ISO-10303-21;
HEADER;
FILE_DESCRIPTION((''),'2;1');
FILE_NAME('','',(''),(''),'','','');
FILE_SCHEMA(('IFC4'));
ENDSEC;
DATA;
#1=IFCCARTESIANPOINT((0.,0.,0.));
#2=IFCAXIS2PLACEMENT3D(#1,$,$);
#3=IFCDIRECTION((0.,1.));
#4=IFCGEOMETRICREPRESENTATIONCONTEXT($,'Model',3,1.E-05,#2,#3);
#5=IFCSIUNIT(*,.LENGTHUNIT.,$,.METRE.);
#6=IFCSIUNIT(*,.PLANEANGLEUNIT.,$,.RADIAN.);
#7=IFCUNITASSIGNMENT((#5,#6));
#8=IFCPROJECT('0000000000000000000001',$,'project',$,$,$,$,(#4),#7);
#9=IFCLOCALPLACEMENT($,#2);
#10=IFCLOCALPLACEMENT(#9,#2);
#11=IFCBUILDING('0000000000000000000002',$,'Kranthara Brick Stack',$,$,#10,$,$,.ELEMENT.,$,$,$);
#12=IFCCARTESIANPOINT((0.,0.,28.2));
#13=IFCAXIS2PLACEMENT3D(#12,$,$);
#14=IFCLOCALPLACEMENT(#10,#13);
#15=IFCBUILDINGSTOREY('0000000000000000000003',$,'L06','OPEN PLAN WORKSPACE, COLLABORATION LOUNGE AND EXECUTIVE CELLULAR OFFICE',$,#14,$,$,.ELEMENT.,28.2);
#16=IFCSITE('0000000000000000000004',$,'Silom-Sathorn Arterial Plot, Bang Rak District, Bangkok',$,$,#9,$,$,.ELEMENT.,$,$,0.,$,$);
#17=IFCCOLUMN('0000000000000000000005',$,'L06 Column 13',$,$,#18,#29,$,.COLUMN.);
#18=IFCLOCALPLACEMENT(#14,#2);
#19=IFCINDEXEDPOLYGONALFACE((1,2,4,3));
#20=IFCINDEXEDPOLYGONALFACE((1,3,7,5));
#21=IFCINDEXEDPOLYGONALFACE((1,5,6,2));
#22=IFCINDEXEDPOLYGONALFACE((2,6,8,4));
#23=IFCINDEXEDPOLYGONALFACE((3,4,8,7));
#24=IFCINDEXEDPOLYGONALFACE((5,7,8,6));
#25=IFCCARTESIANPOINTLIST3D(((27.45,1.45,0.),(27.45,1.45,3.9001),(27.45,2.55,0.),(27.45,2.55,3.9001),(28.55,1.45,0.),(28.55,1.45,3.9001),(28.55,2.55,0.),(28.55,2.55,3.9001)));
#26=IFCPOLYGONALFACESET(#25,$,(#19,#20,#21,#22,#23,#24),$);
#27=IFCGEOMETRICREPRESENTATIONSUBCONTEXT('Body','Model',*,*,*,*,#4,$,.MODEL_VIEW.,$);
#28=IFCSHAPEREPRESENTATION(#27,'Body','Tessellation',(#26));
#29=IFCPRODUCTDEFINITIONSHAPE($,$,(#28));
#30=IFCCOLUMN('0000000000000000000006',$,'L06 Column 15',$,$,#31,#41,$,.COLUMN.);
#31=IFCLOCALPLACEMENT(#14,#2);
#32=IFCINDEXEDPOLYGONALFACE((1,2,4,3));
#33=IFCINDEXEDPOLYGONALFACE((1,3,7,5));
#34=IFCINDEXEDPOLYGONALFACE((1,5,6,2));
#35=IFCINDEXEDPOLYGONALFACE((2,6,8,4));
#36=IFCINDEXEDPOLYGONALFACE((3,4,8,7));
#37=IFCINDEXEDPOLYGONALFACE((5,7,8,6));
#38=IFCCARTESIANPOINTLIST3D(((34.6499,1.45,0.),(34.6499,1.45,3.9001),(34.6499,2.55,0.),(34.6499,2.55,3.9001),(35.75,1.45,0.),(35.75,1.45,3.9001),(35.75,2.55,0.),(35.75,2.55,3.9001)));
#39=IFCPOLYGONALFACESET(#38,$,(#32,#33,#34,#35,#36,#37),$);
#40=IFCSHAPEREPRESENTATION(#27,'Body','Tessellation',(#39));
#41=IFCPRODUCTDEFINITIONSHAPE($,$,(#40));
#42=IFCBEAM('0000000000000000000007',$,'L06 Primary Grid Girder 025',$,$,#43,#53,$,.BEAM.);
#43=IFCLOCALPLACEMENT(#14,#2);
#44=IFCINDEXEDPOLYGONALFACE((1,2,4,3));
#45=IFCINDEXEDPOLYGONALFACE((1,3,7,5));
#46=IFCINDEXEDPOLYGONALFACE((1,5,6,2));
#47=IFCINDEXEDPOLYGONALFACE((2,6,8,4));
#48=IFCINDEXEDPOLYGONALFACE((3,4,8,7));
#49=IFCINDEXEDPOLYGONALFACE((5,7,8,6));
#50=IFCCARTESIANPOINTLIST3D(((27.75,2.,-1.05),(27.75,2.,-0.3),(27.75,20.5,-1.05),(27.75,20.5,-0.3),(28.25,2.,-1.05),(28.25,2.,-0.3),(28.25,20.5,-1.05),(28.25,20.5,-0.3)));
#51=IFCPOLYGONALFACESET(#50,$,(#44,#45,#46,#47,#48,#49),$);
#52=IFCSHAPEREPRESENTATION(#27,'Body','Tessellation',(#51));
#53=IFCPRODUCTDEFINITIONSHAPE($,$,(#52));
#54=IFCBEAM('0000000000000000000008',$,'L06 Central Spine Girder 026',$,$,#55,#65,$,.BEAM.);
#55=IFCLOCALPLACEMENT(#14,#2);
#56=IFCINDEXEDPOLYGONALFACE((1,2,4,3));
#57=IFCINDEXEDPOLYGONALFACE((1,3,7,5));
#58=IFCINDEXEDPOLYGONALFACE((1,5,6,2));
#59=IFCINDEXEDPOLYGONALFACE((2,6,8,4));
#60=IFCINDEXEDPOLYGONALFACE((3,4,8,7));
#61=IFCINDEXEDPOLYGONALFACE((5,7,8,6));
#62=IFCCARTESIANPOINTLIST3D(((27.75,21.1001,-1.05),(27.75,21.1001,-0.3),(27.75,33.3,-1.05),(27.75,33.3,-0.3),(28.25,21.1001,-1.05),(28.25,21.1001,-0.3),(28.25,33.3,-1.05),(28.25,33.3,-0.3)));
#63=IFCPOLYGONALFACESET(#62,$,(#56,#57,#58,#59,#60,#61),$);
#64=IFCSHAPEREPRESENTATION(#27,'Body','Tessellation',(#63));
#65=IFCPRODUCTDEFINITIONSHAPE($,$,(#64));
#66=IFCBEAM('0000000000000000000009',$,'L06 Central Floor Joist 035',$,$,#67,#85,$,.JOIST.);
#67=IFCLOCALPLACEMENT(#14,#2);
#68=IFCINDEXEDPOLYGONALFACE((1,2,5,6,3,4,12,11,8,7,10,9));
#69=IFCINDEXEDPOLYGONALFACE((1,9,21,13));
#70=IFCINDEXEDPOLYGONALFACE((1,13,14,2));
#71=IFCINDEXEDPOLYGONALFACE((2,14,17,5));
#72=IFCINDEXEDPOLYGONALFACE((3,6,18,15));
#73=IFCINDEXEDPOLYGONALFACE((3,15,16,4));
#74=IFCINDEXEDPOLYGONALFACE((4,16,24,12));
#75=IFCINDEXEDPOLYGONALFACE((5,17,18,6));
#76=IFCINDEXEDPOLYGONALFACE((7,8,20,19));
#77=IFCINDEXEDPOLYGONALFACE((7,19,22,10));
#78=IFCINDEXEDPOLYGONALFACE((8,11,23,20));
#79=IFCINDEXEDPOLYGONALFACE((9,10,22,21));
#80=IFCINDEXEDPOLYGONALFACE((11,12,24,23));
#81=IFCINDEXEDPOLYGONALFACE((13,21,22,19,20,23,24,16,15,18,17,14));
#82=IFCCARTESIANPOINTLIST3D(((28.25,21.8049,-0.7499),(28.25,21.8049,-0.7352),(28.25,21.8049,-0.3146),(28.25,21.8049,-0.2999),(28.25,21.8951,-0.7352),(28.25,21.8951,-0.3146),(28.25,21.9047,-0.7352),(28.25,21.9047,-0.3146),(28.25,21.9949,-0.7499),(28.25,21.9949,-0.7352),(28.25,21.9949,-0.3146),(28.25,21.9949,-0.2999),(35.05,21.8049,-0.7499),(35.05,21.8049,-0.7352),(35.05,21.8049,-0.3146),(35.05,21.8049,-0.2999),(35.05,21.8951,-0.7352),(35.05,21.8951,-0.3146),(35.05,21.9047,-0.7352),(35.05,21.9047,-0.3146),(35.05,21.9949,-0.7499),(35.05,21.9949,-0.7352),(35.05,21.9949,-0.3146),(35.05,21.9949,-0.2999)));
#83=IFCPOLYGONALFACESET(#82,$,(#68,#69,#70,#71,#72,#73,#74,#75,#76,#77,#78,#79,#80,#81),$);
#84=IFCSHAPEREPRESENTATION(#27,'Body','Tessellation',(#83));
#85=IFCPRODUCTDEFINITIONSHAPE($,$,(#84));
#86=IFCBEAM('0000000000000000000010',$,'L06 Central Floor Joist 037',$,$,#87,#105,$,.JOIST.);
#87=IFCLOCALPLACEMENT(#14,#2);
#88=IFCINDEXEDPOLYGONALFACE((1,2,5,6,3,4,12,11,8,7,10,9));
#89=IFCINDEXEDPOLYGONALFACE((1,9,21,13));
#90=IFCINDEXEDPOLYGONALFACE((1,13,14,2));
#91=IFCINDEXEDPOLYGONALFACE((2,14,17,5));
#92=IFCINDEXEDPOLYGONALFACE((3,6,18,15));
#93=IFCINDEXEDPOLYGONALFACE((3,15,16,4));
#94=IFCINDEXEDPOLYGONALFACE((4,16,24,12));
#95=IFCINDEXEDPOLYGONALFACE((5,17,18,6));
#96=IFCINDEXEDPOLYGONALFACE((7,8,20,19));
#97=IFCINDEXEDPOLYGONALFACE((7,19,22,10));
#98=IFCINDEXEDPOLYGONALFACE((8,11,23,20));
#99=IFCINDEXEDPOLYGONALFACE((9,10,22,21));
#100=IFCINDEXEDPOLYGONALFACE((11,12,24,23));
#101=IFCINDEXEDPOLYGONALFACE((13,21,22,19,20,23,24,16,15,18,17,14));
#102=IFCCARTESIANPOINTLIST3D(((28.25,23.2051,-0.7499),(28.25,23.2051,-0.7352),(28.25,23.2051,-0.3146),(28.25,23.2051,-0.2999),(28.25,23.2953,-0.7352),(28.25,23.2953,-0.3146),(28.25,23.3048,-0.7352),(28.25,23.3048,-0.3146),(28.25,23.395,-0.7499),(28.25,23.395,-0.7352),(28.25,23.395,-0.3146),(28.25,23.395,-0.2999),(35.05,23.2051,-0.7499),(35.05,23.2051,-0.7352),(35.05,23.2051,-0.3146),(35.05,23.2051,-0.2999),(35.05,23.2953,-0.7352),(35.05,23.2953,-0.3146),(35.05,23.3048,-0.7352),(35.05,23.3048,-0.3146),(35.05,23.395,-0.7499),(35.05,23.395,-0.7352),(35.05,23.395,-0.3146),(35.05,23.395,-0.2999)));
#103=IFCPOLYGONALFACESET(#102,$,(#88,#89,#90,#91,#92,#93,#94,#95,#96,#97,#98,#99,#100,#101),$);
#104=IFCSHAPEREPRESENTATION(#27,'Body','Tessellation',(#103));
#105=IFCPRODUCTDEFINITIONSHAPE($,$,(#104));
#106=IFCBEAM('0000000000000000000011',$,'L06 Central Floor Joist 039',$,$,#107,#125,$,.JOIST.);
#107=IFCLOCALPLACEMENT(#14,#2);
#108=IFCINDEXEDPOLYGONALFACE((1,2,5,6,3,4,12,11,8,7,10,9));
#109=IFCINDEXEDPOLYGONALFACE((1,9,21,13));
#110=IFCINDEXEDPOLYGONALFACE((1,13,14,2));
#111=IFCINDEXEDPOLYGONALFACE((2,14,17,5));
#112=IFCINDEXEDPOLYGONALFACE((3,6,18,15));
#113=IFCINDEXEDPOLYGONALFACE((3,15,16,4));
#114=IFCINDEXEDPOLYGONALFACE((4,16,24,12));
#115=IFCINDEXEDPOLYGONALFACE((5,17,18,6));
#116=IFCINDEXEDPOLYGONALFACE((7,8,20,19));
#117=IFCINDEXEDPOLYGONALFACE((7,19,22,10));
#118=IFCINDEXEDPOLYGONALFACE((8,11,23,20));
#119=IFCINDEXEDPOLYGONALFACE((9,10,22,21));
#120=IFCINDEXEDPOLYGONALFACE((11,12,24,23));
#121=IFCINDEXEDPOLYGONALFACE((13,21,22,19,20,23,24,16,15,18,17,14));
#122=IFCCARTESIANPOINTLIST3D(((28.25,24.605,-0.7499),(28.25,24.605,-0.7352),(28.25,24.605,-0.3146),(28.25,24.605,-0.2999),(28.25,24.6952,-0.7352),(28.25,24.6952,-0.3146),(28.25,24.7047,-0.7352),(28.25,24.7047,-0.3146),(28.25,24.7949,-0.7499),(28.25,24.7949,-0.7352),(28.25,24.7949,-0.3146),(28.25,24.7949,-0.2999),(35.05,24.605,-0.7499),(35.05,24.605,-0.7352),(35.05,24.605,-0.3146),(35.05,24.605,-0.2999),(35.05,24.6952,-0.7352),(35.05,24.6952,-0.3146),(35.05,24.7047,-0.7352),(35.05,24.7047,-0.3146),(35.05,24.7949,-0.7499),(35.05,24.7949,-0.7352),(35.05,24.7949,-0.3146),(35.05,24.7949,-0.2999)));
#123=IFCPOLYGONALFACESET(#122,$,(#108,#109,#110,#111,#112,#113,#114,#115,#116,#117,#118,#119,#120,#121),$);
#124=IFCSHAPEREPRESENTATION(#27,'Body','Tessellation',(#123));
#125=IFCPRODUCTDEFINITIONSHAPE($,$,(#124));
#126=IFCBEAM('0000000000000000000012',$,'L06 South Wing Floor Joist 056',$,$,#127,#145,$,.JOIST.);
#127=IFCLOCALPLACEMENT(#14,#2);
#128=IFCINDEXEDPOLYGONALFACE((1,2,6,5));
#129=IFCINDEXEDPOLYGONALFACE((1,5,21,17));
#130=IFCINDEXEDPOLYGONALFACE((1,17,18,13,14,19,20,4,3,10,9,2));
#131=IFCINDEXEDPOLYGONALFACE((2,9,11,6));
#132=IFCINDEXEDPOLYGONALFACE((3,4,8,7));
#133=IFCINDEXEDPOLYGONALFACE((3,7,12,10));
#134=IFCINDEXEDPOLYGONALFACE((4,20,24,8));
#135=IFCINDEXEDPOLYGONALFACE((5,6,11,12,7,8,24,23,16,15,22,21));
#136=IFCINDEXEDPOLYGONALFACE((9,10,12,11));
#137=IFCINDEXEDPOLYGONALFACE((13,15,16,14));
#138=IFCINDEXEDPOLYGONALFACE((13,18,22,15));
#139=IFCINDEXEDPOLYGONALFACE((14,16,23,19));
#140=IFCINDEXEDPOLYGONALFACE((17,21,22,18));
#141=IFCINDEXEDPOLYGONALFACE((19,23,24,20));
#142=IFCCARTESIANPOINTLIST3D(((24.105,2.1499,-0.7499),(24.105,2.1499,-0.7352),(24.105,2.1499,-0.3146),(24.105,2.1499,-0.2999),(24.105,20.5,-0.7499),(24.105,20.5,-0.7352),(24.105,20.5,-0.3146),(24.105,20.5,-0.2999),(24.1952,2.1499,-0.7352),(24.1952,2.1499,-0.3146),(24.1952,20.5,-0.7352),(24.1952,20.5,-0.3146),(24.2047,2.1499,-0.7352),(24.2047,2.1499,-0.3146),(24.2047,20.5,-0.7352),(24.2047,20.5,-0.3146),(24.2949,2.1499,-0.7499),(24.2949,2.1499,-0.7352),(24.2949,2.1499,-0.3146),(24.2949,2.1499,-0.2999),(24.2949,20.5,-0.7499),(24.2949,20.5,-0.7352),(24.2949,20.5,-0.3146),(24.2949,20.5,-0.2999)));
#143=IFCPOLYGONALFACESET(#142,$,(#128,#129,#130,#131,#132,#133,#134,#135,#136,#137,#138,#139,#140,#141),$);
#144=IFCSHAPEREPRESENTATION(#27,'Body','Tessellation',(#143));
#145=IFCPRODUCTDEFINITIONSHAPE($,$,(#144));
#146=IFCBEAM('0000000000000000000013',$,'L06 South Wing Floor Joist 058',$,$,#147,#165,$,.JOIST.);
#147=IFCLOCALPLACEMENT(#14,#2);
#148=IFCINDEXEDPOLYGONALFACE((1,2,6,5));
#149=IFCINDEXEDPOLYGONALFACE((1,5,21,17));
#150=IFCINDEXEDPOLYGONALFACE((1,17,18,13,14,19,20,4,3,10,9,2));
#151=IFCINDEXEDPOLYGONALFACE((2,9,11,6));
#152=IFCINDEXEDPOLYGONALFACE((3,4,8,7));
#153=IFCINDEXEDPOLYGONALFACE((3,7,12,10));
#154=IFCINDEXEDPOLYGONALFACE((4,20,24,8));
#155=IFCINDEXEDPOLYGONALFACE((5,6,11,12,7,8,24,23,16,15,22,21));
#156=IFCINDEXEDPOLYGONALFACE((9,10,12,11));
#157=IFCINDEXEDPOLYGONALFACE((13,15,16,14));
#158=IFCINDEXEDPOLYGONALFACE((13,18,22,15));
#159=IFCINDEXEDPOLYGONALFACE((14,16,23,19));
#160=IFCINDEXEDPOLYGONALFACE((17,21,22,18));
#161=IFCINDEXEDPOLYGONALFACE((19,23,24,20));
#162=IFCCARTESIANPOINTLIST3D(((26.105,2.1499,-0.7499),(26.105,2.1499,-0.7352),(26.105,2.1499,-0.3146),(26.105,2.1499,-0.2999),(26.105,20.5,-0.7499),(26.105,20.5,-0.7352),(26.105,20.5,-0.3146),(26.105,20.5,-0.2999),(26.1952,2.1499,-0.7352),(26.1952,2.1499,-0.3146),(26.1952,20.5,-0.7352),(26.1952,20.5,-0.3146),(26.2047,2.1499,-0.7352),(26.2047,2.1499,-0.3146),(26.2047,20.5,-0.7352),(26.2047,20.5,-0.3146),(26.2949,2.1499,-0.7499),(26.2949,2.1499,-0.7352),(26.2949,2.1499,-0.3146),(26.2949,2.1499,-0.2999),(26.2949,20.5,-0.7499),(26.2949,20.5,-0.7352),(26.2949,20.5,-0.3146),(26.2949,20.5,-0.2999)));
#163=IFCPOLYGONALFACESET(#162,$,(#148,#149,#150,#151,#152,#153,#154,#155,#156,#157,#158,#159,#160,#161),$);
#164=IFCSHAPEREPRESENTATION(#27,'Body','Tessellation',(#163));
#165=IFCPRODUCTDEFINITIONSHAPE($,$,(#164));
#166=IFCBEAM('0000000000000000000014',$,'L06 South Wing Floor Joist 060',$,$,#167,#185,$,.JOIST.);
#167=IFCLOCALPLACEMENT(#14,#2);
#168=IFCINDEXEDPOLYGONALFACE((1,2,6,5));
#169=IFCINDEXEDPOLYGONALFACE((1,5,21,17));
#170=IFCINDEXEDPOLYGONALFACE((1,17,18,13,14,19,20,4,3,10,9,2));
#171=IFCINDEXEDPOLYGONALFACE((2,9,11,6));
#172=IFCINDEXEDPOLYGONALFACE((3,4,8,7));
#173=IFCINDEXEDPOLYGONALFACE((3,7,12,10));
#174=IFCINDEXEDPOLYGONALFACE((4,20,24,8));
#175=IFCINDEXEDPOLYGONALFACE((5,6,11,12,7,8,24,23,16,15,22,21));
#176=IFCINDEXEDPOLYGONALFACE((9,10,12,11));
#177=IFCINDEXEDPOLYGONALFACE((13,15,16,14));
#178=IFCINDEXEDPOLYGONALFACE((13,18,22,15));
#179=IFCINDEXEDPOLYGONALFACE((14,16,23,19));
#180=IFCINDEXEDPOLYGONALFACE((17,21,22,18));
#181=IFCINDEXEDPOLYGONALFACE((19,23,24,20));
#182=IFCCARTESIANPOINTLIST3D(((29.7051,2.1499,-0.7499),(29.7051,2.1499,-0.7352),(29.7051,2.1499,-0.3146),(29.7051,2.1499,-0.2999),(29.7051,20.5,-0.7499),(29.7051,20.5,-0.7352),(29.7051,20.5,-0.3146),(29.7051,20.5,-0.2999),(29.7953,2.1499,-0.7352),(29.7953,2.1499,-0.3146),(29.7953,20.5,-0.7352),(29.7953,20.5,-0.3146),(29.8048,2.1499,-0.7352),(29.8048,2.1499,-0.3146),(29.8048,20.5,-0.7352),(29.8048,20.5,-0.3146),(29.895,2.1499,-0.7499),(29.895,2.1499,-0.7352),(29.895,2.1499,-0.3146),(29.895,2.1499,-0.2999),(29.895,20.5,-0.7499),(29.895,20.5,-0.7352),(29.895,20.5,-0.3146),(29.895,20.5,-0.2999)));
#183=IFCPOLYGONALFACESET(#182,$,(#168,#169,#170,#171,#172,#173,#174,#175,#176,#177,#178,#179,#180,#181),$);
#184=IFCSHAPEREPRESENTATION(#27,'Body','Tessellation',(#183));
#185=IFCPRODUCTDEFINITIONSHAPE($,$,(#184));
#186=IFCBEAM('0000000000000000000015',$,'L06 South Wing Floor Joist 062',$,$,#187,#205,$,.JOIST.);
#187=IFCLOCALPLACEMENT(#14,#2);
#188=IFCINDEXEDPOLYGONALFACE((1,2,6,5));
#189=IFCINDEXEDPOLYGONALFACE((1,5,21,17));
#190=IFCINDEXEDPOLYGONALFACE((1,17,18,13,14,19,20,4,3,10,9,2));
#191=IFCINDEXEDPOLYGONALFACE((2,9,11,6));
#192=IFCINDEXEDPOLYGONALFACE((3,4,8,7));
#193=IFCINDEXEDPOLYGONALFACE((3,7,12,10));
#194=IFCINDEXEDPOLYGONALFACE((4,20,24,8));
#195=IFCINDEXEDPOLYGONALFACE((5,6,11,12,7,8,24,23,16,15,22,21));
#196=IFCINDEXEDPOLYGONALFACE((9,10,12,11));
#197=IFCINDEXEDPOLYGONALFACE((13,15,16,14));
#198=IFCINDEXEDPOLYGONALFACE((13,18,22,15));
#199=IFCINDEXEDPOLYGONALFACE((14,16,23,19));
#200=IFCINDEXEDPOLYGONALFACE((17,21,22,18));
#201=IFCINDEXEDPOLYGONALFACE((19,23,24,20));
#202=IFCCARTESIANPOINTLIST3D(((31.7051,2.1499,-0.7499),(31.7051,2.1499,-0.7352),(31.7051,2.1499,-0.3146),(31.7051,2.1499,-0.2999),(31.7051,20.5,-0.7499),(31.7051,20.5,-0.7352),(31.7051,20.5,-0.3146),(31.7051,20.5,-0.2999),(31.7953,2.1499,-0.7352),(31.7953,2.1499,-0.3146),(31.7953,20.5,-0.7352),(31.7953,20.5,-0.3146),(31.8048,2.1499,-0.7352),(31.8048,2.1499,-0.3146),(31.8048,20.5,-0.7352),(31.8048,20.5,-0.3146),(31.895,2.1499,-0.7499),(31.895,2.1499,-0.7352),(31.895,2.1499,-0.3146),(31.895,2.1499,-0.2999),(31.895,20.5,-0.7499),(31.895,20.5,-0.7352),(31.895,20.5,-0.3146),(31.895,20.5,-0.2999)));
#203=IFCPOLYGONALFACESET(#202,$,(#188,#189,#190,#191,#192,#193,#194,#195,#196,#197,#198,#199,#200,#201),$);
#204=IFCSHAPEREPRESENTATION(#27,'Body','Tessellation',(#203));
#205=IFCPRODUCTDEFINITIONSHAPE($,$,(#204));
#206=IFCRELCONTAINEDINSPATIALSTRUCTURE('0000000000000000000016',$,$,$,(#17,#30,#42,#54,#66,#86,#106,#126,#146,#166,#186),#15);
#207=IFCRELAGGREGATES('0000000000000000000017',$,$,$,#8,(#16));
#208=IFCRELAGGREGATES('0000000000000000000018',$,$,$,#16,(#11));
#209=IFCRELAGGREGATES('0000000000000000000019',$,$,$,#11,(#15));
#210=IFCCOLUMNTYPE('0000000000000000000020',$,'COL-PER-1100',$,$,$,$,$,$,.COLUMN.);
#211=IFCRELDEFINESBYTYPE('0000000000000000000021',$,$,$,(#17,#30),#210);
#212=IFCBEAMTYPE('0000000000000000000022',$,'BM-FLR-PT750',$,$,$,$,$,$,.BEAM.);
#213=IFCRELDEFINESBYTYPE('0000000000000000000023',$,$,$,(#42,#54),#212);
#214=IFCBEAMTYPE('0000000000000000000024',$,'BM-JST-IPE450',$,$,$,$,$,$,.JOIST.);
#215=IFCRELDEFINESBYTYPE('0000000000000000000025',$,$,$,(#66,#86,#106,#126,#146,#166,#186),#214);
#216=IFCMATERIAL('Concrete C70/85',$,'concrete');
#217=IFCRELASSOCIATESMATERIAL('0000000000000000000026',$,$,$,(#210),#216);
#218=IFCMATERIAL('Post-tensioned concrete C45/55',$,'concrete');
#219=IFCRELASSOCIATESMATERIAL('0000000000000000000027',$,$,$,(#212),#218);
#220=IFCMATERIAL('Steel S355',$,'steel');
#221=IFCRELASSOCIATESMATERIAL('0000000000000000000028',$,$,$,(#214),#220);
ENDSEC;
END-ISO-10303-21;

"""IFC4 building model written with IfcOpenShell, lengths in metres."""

from ifc_helpers import new_model, si_unit, direction, frame, origin, origin_2d, place, context, subcontext, project, spatial, rectangle, i_section, extrude, material, material_profile, profile_set, type_object, element, save


model = new_model("IFC4")

# Units and contexts
model_context = context("Model", 3, precision=1e-05, world=origin(), true_north=direction((0.0, 1.0)))
body_context = subcontext(model_context, "Body", "Model", "MODEL_VIEW")
ifc_project = project(units=[si_unit("LENGTHUNIT", "METRE"), si_unit("PLANEANGLEUNIT", "RADIAN")], contexts=[model_context])

# Site, building, storey
site_placement = place(None, origin())
site = spatial("IfcSite", under=ifc_project, at=site_placement, Name="Silom-Sathorn Arterial Plot, Bang Rak District, Bangkok", CompositionType="ELEMENT", RefElevation=0.0)
building_placement = place(site_placement, origin())
building = spatial("IfcBuilding", under=site, at=building_placement, Name="Kranthara Brick Stack", CompositionType="ELEMENT")
storey_placement = place(building_placement, frame((0.0, 0.0, 28.2)))
storey = spatial("IfcBuildingStorey", under=building, at=storey_placement, Name="L06", Description="OPEN PLAN WORKSPACE, COLLABORATION LOUNGE AND EXECUTIVE CELLULAR OFFICE", CompositionType="ELEMENT", Elevation=28.2)

# Columns
ifc_material_1 = material(Name="Concrete C70/85", Category="concrete")
ifc_material_profile_1 = material_profile(ifc_material_1, rectangle(XDim=1.1001, YDim=1.1001, at=origin_2d()), Name="RC 1100x1100")
ifc_profile_set_1 = profile_set([ifc_material_profile_1], Name="Concrete C70/85")
column_type = type_object("IfcColumnType", Name="COL-PER-1100", PredefinedType="COLUMN", material=ifc_profile_set_1)
for number, where, z_axis, x_axis, name in (
    (1, (28.0, 2.0, 0.0), (0.0, 0.0, 1.0), (1.0, 0.0, 0.0), "L06 Column 13"),
    (2, (35.2, 2.0, 0.0), (0.0, 0.0, 1.0), (1.0, 0.0, 0.0), "L06 Column 15"),
):
    element("IfcColumn", number, at=place(storey_placement, frame(where, z_axis=z_axis, x_axis=x_axis)), inside=storey, type_object=column_type, Name=name, PredefinedType="COLUMN", context=body_context, shape_type="SweptSolid", body=[
        extrude(rectangle(XDim=1.1001, YDim=1.1001, at=origin_2d()), origin(), (0.0, 0.0, 1.0), 3.9001),
    ])

# Beams
ifc_material_2 = material(Name="Post-tensioned concrete C45/55", Category="concrete")
ifc_material_profile_2 = material_profile(ifc_material_2, rectangle(XDim=0.5, YDim=0.75, at=origin_2d()), Name="PT 500x750")
ifc_profile_set_2 = profile_set([ifc_material_profile_2], Name="Post-tensioned concrete C45/55")
beam_type_1 = type_object("IfcBeamType", Name="BM-FLR-PT750", PredefinedType="BEAM", material=ifc_profile_set_2)
beam_1_placement = place(storey_placement, frame((28.0, 2.0, -0.675), z_axis=(0.0, 1.0, 0.0), x_axis=(-1.0, 0.0, 0.0)))
element("IfcBeam", 3, at=beam_1_placement, inside=storey, type_object=beam_type_1, Name="L06 Primary Grid Girder 025", PredefinedType="BEAM", context=body_context, shape_type="SweptSolid", body=[
    extrude(rectangle(XDim=0.5, YDim=0.75, at=origin_2d()), origin(), (0.0, 0.0, 1.0), 18.5),
])
beam_2_placement = place(storey_placement, frame((28.0, 21.1001, -0.675), z_axis=(0.0, 1.0, 0.0), x_axis=(-1.0, 0.0, 0.0)))
element("IfcBeam", 4, at=beam_2_placement, inside=storey, type_object=beam_type_1, Name="L06 Central Spine Girder 026", PredefinedType="BEAM", context=body_context, shape_type="SweptSolid", body=[
    extrude(rectangle(XDim=0.5, YDim=0.75, at=origin_2d()), origin(), (0.0, 0.0, 1.0), 12.2),
])
ifc_material_3 = material(Name="Steel S355", Category="steel")
ifc_material_profile_3 = material_profile(ifc_material_3, i_section(OverallWidth=0.1899, OverallDepth=0.45, WebThickness=0.0095, FlangeThickness=0.0146, at=origin_2d()), Name="IPE 450")
ifc_profile_set_3 = profile_set([ifc_material_profile_3], Name="Steel S355")
beam_type_2 = type_object("IfcBeamType", Name="BM-JST-IPE450", PredefinedType="JOIST", material=ifc_profile_set_3)
for number, where, z_axis, x_axis, name in (
    (5, (28.25, 21.8999, -0.5249), (1.0, 0.0, 0.0), (0.0, 1.0, 0.0), "L06 Central Floor Joist 035"),
    (6, (28.25, 23.3, -0.5249), (1.0, 0.0, 0.0), (0.0, 1.0, 0.0), "L06 Central Floor Joist 037"),
    (7, (28.25, 24.7, -0.5249), (1.0, 0.0, 0.0), (0.0, 1.0, 0.0), "L06 Central Floor Joist 039"),
):
    element("IfcBeam", number, at=place(storey_placement, frame(where, z_axis=z_axis, x_axis=x_axis)), inside=storey, type_object=beam_type_2, Name=name, PredefinedType="JOIST", context=body_context, shape_type="SweptSolid", body=[
        extrude(i_section(OverallWidth=0.1899, OverallDepth=0.45, WebThickness=0.0095, FlangeThickness=0.0146, at=origin_2d()), origin(), (0.0, 0.0, 1.0), 6.8),
    ])
for number, where, z_axis, x_axis, name in (
    (8, (24.2, 2.1499, -0.5249), (0.0, 1.0, 0.0), (-1.0, 0.0, 0.0), "L06 South Wing Floor Joist 056"),
    (9, (26.2, 2.1499, -0.5249), (0.0, 1.0, 0.0), (-1.0, 0.0, 0.0), "L06 South Wing Floor Joist 058"),
    (10, (29.8, 2.1499, -0.5249), (0.0, 1.0, 0.0), (-1.0, 0.0, 0.0), "L06 South Wing Floor Joist 060"),
    (11, (31.8, 2.1499, -0.5249), (0.0, 1.0, 0.0), (-1.0, 0.0, 0.0), "L06 South Wing Floor Joist 062"),
):
    element("IfcBeam", number, at=place(storey_placement, frame(where, z_axis=z_axis, x_axis=x_axis)), inside=storey, type_object=beam_type_2, Name=name, PredefinedType="JOIST", context=body_context, shape_type="SweptSolid", body=[
        extrude(i_section(OverallWidth=0.1899, OverallDepth=0.45, WebThickness=0.0095, FlangeThickness=0.0146, at=origin_2d()), origin(), (0.0, 0.0, 1.0), 18.3501),
    ])

save(model, "model.ifc")
